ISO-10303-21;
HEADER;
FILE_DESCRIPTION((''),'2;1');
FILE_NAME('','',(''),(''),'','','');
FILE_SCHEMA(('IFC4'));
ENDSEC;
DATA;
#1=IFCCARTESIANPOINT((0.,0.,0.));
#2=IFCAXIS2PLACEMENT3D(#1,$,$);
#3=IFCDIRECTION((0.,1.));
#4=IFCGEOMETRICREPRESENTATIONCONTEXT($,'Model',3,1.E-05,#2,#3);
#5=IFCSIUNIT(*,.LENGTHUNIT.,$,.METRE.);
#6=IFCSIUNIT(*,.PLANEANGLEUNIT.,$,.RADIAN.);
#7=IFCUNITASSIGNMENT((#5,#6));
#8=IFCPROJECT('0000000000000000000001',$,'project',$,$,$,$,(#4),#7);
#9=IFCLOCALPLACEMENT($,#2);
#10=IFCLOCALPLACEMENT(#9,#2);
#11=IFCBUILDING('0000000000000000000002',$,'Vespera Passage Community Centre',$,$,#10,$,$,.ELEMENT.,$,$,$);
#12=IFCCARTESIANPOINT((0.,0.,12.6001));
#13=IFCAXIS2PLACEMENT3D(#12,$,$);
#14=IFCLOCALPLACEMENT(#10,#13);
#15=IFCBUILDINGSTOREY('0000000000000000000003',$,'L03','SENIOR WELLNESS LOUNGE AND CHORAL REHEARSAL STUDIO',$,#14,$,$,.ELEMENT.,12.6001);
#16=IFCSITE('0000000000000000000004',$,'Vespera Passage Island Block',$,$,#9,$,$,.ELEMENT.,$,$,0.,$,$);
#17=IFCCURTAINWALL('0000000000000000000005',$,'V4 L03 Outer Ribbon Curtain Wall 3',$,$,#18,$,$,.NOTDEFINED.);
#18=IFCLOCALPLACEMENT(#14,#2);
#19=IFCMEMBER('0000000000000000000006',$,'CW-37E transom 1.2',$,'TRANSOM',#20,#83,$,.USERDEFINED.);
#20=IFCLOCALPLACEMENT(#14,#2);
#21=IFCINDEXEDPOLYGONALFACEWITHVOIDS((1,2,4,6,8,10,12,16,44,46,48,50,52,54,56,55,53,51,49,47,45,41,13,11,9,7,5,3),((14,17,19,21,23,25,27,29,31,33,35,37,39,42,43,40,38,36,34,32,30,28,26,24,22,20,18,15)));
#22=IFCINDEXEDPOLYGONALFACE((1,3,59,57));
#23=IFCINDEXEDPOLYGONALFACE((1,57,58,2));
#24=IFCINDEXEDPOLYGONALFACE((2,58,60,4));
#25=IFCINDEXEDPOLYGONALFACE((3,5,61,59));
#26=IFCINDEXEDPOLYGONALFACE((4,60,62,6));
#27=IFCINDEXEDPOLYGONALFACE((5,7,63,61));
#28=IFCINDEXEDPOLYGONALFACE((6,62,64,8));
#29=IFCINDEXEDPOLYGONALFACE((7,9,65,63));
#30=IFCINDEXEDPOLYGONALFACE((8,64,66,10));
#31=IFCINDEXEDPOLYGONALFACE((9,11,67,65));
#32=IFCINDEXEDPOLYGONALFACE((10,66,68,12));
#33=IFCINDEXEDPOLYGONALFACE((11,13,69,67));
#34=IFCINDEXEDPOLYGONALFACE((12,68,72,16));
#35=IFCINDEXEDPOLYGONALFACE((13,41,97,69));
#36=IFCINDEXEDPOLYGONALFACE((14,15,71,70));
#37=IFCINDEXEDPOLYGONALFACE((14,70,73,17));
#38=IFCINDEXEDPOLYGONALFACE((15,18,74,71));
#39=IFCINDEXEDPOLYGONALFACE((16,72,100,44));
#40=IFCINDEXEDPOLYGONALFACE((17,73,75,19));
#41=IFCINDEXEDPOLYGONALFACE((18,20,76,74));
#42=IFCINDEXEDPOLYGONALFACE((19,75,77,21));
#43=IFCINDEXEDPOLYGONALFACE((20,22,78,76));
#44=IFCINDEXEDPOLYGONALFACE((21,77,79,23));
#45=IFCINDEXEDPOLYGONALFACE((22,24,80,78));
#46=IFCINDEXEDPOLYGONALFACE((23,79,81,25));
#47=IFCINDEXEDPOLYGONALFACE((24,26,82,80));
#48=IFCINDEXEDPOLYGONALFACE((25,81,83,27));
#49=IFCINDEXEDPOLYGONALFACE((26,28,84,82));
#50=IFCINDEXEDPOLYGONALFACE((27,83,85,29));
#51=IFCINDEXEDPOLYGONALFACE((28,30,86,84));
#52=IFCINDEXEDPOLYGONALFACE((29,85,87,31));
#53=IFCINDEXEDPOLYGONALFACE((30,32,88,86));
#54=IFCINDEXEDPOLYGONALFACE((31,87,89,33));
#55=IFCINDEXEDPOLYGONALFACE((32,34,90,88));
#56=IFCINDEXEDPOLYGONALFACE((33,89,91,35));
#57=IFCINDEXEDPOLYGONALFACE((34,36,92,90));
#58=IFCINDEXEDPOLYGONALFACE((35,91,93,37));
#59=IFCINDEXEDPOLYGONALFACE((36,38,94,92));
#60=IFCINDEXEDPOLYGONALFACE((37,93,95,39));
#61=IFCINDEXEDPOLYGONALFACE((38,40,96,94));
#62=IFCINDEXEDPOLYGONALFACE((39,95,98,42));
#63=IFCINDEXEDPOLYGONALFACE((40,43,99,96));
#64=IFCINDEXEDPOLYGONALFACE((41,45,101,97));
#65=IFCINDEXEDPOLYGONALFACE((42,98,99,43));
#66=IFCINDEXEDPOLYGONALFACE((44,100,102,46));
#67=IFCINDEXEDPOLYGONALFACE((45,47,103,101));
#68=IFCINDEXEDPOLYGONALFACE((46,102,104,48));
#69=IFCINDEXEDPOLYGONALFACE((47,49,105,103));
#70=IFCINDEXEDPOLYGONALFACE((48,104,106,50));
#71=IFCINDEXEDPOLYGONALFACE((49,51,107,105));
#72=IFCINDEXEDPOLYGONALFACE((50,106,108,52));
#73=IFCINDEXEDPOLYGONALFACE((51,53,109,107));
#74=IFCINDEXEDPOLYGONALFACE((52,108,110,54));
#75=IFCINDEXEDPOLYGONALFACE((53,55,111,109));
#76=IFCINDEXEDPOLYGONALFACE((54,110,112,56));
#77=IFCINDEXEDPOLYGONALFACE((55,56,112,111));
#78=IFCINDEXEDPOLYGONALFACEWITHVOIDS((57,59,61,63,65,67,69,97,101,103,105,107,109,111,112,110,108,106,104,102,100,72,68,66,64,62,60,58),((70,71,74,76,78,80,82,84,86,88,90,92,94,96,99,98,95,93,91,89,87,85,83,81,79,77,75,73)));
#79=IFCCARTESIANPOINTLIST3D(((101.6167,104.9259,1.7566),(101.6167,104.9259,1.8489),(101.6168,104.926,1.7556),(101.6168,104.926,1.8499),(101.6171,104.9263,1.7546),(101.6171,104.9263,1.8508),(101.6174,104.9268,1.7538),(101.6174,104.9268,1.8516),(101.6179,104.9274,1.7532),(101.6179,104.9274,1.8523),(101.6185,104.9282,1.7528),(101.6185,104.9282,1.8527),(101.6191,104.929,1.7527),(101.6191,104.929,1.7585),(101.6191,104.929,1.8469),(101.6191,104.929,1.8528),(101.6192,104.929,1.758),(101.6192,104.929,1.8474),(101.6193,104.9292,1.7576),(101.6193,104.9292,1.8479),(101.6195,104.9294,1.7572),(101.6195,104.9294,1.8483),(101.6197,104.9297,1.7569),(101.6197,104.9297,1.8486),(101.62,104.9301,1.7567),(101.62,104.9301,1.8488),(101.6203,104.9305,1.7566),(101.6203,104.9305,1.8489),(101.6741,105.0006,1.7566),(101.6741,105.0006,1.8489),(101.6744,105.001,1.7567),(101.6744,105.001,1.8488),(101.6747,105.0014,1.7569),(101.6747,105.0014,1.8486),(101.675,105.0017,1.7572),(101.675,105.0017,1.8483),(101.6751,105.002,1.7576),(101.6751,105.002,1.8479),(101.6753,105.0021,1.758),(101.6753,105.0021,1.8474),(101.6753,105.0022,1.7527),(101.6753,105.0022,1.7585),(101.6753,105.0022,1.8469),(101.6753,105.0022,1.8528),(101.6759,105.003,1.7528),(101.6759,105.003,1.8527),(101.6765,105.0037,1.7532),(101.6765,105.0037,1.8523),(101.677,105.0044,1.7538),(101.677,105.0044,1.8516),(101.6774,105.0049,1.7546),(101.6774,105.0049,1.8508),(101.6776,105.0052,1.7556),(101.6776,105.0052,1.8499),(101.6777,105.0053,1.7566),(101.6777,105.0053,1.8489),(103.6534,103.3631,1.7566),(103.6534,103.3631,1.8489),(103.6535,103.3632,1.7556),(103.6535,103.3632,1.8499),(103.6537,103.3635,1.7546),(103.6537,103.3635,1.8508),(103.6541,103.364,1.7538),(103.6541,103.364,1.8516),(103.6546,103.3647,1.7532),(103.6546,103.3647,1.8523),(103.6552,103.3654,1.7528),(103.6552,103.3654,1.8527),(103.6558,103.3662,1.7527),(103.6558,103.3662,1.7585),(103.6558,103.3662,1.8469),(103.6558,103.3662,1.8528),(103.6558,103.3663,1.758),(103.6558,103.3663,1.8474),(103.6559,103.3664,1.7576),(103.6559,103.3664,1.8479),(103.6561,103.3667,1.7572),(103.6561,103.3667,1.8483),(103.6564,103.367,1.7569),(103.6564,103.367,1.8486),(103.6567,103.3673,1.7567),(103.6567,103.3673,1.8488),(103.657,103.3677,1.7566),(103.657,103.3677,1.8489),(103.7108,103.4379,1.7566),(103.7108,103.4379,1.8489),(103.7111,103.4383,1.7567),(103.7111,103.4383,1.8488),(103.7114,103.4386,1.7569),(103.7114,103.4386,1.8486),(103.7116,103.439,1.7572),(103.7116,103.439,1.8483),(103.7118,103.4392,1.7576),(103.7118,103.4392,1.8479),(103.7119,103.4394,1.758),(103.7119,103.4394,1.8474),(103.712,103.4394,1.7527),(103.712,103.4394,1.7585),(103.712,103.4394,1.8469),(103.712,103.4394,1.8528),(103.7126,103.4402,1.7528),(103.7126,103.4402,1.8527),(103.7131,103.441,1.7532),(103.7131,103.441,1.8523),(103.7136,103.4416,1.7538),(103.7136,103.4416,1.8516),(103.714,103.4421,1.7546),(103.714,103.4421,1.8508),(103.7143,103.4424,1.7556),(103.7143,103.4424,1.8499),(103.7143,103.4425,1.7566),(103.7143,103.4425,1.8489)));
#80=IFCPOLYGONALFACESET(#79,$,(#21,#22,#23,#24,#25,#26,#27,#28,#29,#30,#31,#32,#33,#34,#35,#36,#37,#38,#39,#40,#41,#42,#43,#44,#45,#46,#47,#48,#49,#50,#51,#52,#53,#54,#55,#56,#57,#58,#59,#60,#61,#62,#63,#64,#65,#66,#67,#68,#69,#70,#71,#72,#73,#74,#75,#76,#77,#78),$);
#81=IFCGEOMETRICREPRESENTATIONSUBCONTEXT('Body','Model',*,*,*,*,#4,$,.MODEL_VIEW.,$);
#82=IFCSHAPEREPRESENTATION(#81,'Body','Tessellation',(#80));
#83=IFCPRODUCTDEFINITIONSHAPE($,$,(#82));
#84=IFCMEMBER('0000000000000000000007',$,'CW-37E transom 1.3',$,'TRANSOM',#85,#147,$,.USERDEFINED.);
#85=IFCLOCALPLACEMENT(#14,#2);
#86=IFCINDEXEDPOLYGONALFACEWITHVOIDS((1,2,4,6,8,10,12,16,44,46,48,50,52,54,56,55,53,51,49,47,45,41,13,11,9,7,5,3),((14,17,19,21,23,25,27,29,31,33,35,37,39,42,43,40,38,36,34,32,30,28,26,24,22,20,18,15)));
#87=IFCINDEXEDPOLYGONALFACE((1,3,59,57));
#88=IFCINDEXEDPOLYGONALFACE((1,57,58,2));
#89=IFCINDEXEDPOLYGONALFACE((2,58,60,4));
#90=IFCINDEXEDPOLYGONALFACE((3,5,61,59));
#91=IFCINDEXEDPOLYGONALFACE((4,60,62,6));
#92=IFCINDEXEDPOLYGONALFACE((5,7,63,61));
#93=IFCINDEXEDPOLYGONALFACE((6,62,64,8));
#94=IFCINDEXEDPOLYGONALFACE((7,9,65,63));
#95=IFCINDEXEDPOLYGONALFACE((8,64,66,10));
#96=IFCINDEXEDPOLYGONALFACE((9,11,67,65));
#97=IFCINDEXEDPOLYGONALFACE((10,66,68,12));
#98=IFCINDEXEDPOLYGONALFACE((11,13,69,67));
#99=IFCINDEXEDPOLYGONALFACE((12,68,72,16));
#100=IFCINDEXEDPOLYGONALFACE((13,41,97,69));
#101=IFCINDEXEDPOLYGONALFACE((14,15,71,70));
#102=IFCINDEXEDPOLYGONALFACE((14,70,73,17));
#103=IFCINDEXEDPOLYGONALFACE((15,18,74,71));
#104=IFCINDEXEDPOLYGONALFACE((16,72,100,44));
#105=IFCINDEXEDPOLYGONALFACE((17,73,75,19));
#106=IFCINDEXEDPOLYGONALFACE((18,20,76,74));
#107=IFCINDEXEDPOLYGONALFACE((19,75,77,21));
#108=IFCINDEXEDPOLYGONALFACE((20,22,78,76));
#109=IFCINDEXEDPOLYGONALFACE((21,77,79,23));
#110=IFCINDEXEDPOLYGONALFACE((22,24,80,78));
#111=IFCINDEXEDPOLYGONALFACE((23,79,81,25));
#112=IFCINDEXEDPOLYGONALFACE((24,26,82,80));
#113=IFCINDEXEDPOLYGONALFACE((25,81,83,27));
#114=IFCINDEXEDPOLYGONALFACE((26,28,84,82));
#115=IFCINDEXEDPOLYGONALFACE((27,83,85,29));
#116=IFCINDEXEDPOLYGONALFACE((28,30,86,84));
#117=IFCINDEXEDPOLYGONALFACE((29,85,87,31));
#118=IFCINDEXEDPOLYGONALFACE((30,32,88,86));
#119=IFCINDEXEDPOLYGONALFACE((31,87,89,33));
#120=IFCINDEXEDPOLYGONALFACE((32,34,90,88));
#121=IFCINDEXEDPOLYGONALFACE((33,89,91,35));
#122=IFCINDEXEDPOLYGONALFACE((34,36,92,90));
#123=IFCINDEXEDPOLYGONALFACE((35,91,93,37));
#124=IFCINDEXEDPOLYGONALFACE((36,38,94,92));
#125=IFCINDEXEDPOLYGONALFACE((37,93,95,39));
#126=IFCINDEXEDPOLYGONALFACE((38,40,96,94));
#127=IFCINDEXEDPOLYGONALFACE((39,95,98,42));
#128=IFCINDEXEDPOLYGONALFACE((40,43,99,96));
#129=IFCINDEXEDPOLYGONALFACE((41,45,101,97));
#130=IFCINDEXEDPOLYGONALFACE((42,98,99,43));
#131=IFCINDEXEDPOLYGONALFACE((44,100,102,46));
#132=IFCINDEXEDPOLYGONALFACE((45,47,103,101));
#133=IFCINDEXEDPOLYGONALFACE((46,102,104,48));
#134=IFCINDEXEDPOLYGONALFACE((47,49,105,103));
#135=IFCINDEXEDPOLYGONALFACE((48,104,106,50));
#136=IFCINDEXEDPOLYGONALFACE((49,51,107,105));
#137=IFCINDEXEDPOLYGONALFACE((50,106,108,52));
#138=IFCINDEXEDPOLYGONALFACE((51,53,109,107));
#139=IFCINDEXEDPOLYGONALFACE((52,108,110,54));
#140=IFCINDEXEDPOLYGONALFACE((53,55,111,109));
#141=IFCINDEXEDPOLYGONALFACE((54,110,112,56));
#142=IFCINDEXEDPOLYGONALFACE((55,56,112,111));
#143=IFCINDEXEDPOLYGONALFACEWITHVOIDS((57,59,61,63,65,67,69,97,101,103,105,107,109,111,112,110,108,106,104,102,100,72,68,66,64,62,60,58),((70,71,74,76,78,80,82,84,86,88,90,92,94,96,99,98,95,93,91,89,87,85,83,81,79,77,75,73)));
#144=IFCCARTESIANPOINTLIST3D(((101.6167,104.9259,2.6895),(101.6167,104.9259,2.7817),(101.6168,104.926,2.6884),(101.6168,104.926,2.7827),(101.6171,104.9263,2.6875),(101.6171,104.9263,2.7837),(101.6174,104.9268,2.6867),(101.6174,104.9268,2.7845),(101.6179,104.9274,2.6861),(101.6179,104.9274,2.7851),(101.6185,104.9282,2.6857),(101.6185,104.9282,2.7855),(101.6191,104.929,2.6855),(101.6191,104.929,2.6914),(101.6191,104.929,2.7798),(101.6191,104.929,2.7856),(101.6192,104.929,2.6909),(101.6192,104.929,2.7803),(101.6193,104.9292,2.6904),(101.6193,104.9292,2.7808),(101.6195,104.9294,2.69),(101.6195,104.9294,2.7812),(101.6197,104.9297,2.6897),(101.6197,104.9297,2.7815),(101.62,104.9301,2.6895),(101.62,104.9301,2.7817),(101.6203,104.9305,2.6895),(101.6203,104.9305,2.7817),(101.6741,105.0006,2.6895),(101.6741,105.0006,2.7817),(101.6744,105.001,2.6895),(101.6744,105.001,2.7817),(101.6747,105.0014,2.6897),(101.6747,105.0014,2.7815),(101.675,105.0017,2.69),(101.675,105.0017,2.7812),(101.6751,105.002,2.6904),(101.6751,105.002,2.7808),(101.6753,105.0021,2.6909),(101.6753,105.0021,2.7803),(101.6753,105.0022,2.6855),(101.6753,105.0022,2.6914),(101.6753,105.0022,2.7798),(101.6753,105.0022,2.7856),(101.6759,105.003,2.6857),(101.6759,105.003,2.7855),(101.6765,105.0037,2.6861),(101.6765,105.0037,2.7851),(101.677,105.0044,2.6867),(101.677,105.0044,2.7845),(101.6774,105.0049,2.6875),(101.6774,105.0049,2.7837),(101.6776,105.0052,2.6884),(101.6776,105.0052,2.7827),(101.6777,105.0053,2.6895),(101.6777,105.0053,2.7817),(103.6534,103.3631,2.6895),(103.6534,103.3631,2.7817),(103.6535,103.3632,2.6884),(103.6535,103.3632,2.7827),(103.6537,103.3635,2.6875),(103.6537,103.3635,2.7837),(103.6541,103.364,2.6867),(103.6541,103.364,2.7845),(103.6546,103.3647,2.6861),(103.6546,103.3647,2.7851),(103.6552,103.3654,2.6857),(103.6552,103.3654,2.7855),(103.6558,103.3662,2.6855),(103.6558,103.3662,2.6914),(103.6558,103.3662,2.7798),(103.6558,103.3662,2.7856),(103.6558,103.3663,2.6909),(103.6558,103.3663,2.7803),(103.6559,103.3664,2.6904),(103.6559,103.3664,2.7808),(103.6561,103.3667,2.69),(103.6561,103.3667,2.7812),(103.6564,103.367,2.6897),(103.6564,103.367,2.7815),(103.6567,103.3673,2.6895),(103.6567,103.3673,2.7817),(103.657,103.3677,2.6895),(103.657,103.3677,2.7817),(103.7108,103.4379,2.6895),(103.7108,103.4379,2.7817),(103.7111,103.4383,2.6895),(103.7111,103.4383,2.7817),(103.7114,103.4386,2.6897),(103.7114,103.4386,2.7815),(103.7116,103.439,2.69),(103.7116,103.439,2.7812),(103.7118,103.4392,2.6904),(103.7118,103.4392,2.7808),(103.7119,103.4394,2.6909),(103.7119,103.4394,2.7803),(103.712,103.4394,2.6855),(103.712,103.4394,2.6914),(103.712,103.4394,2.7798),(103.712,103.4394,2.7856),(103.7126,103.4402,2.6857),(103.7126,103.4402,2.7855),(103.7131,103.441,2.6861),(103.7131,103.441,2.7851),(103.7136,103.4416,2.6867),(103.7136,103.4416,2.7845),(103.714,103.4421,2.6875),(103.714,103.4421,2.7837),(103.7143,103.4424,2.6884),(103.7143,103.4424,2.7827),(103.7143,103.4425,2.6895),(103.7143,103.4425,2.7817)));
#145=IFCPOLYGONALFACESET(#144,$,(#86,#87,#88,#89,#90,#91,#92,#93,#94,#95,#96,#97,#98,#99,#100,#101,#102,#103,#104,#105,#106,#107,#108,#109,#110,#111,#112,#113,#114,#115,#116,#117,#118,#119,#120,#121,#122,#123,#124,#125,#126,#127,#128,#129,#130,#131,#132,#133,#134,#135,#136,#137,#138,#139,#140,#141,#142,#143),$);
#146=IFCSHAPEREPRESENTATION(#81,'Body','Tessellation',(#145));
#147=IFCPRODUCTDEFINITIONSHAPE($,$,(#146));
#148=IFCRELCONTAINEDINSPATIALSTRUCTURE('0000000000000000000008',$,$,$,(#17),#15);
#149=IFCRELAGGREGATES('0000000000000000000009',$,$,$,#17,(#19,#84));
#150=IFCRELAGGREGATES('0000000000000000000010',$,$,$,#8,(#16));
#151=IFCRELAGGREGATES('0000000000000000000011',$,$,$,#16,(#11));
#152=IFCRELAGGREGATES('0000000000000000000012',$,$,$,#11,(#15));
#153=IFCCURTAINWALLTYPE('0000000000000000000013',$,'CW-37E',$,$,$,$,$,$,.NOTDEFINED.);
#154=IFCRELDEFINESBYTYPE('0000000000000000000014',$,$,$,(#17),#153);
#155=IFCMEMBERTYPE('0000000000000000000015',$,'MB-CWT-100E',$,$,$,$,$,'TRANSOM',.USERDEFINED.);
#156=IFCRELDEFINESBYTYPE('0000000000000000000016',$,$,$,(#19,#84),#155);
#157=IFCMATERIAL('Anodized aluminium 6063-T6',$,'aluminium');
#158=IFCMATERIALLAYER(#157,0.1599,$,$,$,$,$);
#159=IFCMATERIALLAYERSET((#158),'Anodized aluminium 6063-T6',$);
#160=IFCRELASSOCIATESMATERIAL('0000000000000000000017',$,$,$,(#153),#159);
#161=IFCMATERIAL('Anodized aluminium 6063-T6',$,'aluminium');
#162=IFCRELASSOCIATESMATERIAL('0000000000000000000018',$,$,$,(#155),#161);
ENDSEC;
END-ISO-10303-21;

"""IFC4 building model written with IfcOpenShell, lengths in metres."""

from ifc_helpers import new_model, si_unit, direction, frame, origin, origin_2d, place, context, subcontext, project, spatial, hollow_rectangle, extrude, material, layer, layer_set, material_profile, profile_set, type_object, element, aggregate, save


model = new_model("IFC4")

# Units and contexts
model_context = context("Model", 3, precision=1e-05, world=origin(), true_north=direction((0.0, 1.0)))
body_context = subcontext(model_context, "Body", "Model", "MODEL_VIEW")
ifc_project = project(units=[si_unit("LENGTHUNIT", "METRE"), si_unit("PLANEANGLEUNIT", "RADIAN")], contexts=[model_context])

# Site, building, storey
site_placement = place(None, origin())
site = spatial("IfcSite", under=ifc_project, at=site_placement, Name="Vespera Passage Island Block", CompositionType="ELEMENT", RefElevation=0.0)
building_placement = place(site_placement, origin())
building = spatial("IfcBuilding", under=site, at=building_placement, Name="Vespera Passage Community Centre", CompositionType="ELEMENT")
storey_placement = place(building_placement, frame((0.0, 0.0, 12.6001)))
storey = spatial("IfcBuildingStorey", under=building, at=storey_placement, Name="L03", Description="SENIOR WELLNESS LOUNGE AND CHORAL REHEARSAL STUDIO", CompositionType="ELEMENT", Elevation=12.6001)

# Curtain wall
ifc_material_1 = material(Name="Anodized aluminium 6063-T6", Category="aluminium")
ifc_layer_1 = layer(ifc_material_1, 0.1599)
ifc_layer_set_1 = layer_set([ifc_layer_1], Name="Anodized aluminium 6063-T6")
curtain_wall_type_1 = type_object("IfcCurtainWallType", Name="CW-37E", PredefinedType="NOTDEFINED", material=ifc_layer_set_1)
curtain_wall_1_placement = place(storey_placement, origin())
curtain_wall_1 = element("IfcCurtainWall", 1, at=curtain_wall_1_placement, inside=storey, type_object=curtain_wall_type_1, Name="V4 L03 Outer Ribbon Curtain Wall 3", PredefinedType="NOTDEFINED")

# Members
ifc_material_2 = material(Name="Anodized aluminium 6063-T6", Category="aluminium")
ifc_material_profile_1 = material_profile(ifc_material_2, hollow_rectangle(XDim=0.1001, YDim=0.1001, WallThickness=0.0039, InnerFilletRadius=0.002, OuterFilletRadius=0.0039, at=origin_2d()), Name="ALU100X100X4")
ifc_profile_set_1 = profile_set([ifc_material_profile_1], Name="Anodized aluminium 6063-T6")
member_type_1 = type_object("IfcMemberType", Name="MB-CWT-100E", ElementType="TRANSOM", PredefinedType="USERDEFINED", material=ifc_profile_set_1)
member_1_placement = place(storey_placement, frame((101.6472, 104.9656, 1.8027), z_axis=(0.793355, -0.608759, 0.0), x_axis=(0.608759, 0.793355, 0.0)))
member_1 = element("IfcMember", 2, at=member_1_placement, type_object=member_type_1, Name="CW-37E transom 1.2", ObjectType="TRANSOM", PredefinedType="USERDEFINED", context=body_context, shape_type="SweptSolid", body=[
    extrude(hollow_rectangle(XDim=0.1001, YDim=0.1001, WallThickness=0.0039, InnerFilletRadius=0.002, OuterFilletRadius=0.0039, at=origin_2d()), origin(), (0.0, 0.0, 1.0), 2.5671),
])
member_2_placement = place(storey_placement, frame((101.6472, 104.9656, 2.7356), z_axis=(0.793355, -0.608759, 0.0), x_axis=(0.608759, 0.793355, 0.0)))
member_2 = element("IfcMember", 3, at=member_2_placement, type_object=member_type_1, Name="CW-37E transom 1.3", ObjectType="TRANSOM", PredefinedType="USERDEFINED", context=body_context, shape_type="SweptSolid", body=[
    extrude(hollow_rectangle(XDim=0.1001, YDim=0.1001, WallThickness=0.0039, InnerFilletRadius=0.002, OuterFilletRadius=0.0039, at=origin_2d()), origin(), (0.0, 0.0, 1.0), 2.5671),
])

aggregate(curtain_wall_1, [member_1, member_2])

save(model, "model.ifc")
